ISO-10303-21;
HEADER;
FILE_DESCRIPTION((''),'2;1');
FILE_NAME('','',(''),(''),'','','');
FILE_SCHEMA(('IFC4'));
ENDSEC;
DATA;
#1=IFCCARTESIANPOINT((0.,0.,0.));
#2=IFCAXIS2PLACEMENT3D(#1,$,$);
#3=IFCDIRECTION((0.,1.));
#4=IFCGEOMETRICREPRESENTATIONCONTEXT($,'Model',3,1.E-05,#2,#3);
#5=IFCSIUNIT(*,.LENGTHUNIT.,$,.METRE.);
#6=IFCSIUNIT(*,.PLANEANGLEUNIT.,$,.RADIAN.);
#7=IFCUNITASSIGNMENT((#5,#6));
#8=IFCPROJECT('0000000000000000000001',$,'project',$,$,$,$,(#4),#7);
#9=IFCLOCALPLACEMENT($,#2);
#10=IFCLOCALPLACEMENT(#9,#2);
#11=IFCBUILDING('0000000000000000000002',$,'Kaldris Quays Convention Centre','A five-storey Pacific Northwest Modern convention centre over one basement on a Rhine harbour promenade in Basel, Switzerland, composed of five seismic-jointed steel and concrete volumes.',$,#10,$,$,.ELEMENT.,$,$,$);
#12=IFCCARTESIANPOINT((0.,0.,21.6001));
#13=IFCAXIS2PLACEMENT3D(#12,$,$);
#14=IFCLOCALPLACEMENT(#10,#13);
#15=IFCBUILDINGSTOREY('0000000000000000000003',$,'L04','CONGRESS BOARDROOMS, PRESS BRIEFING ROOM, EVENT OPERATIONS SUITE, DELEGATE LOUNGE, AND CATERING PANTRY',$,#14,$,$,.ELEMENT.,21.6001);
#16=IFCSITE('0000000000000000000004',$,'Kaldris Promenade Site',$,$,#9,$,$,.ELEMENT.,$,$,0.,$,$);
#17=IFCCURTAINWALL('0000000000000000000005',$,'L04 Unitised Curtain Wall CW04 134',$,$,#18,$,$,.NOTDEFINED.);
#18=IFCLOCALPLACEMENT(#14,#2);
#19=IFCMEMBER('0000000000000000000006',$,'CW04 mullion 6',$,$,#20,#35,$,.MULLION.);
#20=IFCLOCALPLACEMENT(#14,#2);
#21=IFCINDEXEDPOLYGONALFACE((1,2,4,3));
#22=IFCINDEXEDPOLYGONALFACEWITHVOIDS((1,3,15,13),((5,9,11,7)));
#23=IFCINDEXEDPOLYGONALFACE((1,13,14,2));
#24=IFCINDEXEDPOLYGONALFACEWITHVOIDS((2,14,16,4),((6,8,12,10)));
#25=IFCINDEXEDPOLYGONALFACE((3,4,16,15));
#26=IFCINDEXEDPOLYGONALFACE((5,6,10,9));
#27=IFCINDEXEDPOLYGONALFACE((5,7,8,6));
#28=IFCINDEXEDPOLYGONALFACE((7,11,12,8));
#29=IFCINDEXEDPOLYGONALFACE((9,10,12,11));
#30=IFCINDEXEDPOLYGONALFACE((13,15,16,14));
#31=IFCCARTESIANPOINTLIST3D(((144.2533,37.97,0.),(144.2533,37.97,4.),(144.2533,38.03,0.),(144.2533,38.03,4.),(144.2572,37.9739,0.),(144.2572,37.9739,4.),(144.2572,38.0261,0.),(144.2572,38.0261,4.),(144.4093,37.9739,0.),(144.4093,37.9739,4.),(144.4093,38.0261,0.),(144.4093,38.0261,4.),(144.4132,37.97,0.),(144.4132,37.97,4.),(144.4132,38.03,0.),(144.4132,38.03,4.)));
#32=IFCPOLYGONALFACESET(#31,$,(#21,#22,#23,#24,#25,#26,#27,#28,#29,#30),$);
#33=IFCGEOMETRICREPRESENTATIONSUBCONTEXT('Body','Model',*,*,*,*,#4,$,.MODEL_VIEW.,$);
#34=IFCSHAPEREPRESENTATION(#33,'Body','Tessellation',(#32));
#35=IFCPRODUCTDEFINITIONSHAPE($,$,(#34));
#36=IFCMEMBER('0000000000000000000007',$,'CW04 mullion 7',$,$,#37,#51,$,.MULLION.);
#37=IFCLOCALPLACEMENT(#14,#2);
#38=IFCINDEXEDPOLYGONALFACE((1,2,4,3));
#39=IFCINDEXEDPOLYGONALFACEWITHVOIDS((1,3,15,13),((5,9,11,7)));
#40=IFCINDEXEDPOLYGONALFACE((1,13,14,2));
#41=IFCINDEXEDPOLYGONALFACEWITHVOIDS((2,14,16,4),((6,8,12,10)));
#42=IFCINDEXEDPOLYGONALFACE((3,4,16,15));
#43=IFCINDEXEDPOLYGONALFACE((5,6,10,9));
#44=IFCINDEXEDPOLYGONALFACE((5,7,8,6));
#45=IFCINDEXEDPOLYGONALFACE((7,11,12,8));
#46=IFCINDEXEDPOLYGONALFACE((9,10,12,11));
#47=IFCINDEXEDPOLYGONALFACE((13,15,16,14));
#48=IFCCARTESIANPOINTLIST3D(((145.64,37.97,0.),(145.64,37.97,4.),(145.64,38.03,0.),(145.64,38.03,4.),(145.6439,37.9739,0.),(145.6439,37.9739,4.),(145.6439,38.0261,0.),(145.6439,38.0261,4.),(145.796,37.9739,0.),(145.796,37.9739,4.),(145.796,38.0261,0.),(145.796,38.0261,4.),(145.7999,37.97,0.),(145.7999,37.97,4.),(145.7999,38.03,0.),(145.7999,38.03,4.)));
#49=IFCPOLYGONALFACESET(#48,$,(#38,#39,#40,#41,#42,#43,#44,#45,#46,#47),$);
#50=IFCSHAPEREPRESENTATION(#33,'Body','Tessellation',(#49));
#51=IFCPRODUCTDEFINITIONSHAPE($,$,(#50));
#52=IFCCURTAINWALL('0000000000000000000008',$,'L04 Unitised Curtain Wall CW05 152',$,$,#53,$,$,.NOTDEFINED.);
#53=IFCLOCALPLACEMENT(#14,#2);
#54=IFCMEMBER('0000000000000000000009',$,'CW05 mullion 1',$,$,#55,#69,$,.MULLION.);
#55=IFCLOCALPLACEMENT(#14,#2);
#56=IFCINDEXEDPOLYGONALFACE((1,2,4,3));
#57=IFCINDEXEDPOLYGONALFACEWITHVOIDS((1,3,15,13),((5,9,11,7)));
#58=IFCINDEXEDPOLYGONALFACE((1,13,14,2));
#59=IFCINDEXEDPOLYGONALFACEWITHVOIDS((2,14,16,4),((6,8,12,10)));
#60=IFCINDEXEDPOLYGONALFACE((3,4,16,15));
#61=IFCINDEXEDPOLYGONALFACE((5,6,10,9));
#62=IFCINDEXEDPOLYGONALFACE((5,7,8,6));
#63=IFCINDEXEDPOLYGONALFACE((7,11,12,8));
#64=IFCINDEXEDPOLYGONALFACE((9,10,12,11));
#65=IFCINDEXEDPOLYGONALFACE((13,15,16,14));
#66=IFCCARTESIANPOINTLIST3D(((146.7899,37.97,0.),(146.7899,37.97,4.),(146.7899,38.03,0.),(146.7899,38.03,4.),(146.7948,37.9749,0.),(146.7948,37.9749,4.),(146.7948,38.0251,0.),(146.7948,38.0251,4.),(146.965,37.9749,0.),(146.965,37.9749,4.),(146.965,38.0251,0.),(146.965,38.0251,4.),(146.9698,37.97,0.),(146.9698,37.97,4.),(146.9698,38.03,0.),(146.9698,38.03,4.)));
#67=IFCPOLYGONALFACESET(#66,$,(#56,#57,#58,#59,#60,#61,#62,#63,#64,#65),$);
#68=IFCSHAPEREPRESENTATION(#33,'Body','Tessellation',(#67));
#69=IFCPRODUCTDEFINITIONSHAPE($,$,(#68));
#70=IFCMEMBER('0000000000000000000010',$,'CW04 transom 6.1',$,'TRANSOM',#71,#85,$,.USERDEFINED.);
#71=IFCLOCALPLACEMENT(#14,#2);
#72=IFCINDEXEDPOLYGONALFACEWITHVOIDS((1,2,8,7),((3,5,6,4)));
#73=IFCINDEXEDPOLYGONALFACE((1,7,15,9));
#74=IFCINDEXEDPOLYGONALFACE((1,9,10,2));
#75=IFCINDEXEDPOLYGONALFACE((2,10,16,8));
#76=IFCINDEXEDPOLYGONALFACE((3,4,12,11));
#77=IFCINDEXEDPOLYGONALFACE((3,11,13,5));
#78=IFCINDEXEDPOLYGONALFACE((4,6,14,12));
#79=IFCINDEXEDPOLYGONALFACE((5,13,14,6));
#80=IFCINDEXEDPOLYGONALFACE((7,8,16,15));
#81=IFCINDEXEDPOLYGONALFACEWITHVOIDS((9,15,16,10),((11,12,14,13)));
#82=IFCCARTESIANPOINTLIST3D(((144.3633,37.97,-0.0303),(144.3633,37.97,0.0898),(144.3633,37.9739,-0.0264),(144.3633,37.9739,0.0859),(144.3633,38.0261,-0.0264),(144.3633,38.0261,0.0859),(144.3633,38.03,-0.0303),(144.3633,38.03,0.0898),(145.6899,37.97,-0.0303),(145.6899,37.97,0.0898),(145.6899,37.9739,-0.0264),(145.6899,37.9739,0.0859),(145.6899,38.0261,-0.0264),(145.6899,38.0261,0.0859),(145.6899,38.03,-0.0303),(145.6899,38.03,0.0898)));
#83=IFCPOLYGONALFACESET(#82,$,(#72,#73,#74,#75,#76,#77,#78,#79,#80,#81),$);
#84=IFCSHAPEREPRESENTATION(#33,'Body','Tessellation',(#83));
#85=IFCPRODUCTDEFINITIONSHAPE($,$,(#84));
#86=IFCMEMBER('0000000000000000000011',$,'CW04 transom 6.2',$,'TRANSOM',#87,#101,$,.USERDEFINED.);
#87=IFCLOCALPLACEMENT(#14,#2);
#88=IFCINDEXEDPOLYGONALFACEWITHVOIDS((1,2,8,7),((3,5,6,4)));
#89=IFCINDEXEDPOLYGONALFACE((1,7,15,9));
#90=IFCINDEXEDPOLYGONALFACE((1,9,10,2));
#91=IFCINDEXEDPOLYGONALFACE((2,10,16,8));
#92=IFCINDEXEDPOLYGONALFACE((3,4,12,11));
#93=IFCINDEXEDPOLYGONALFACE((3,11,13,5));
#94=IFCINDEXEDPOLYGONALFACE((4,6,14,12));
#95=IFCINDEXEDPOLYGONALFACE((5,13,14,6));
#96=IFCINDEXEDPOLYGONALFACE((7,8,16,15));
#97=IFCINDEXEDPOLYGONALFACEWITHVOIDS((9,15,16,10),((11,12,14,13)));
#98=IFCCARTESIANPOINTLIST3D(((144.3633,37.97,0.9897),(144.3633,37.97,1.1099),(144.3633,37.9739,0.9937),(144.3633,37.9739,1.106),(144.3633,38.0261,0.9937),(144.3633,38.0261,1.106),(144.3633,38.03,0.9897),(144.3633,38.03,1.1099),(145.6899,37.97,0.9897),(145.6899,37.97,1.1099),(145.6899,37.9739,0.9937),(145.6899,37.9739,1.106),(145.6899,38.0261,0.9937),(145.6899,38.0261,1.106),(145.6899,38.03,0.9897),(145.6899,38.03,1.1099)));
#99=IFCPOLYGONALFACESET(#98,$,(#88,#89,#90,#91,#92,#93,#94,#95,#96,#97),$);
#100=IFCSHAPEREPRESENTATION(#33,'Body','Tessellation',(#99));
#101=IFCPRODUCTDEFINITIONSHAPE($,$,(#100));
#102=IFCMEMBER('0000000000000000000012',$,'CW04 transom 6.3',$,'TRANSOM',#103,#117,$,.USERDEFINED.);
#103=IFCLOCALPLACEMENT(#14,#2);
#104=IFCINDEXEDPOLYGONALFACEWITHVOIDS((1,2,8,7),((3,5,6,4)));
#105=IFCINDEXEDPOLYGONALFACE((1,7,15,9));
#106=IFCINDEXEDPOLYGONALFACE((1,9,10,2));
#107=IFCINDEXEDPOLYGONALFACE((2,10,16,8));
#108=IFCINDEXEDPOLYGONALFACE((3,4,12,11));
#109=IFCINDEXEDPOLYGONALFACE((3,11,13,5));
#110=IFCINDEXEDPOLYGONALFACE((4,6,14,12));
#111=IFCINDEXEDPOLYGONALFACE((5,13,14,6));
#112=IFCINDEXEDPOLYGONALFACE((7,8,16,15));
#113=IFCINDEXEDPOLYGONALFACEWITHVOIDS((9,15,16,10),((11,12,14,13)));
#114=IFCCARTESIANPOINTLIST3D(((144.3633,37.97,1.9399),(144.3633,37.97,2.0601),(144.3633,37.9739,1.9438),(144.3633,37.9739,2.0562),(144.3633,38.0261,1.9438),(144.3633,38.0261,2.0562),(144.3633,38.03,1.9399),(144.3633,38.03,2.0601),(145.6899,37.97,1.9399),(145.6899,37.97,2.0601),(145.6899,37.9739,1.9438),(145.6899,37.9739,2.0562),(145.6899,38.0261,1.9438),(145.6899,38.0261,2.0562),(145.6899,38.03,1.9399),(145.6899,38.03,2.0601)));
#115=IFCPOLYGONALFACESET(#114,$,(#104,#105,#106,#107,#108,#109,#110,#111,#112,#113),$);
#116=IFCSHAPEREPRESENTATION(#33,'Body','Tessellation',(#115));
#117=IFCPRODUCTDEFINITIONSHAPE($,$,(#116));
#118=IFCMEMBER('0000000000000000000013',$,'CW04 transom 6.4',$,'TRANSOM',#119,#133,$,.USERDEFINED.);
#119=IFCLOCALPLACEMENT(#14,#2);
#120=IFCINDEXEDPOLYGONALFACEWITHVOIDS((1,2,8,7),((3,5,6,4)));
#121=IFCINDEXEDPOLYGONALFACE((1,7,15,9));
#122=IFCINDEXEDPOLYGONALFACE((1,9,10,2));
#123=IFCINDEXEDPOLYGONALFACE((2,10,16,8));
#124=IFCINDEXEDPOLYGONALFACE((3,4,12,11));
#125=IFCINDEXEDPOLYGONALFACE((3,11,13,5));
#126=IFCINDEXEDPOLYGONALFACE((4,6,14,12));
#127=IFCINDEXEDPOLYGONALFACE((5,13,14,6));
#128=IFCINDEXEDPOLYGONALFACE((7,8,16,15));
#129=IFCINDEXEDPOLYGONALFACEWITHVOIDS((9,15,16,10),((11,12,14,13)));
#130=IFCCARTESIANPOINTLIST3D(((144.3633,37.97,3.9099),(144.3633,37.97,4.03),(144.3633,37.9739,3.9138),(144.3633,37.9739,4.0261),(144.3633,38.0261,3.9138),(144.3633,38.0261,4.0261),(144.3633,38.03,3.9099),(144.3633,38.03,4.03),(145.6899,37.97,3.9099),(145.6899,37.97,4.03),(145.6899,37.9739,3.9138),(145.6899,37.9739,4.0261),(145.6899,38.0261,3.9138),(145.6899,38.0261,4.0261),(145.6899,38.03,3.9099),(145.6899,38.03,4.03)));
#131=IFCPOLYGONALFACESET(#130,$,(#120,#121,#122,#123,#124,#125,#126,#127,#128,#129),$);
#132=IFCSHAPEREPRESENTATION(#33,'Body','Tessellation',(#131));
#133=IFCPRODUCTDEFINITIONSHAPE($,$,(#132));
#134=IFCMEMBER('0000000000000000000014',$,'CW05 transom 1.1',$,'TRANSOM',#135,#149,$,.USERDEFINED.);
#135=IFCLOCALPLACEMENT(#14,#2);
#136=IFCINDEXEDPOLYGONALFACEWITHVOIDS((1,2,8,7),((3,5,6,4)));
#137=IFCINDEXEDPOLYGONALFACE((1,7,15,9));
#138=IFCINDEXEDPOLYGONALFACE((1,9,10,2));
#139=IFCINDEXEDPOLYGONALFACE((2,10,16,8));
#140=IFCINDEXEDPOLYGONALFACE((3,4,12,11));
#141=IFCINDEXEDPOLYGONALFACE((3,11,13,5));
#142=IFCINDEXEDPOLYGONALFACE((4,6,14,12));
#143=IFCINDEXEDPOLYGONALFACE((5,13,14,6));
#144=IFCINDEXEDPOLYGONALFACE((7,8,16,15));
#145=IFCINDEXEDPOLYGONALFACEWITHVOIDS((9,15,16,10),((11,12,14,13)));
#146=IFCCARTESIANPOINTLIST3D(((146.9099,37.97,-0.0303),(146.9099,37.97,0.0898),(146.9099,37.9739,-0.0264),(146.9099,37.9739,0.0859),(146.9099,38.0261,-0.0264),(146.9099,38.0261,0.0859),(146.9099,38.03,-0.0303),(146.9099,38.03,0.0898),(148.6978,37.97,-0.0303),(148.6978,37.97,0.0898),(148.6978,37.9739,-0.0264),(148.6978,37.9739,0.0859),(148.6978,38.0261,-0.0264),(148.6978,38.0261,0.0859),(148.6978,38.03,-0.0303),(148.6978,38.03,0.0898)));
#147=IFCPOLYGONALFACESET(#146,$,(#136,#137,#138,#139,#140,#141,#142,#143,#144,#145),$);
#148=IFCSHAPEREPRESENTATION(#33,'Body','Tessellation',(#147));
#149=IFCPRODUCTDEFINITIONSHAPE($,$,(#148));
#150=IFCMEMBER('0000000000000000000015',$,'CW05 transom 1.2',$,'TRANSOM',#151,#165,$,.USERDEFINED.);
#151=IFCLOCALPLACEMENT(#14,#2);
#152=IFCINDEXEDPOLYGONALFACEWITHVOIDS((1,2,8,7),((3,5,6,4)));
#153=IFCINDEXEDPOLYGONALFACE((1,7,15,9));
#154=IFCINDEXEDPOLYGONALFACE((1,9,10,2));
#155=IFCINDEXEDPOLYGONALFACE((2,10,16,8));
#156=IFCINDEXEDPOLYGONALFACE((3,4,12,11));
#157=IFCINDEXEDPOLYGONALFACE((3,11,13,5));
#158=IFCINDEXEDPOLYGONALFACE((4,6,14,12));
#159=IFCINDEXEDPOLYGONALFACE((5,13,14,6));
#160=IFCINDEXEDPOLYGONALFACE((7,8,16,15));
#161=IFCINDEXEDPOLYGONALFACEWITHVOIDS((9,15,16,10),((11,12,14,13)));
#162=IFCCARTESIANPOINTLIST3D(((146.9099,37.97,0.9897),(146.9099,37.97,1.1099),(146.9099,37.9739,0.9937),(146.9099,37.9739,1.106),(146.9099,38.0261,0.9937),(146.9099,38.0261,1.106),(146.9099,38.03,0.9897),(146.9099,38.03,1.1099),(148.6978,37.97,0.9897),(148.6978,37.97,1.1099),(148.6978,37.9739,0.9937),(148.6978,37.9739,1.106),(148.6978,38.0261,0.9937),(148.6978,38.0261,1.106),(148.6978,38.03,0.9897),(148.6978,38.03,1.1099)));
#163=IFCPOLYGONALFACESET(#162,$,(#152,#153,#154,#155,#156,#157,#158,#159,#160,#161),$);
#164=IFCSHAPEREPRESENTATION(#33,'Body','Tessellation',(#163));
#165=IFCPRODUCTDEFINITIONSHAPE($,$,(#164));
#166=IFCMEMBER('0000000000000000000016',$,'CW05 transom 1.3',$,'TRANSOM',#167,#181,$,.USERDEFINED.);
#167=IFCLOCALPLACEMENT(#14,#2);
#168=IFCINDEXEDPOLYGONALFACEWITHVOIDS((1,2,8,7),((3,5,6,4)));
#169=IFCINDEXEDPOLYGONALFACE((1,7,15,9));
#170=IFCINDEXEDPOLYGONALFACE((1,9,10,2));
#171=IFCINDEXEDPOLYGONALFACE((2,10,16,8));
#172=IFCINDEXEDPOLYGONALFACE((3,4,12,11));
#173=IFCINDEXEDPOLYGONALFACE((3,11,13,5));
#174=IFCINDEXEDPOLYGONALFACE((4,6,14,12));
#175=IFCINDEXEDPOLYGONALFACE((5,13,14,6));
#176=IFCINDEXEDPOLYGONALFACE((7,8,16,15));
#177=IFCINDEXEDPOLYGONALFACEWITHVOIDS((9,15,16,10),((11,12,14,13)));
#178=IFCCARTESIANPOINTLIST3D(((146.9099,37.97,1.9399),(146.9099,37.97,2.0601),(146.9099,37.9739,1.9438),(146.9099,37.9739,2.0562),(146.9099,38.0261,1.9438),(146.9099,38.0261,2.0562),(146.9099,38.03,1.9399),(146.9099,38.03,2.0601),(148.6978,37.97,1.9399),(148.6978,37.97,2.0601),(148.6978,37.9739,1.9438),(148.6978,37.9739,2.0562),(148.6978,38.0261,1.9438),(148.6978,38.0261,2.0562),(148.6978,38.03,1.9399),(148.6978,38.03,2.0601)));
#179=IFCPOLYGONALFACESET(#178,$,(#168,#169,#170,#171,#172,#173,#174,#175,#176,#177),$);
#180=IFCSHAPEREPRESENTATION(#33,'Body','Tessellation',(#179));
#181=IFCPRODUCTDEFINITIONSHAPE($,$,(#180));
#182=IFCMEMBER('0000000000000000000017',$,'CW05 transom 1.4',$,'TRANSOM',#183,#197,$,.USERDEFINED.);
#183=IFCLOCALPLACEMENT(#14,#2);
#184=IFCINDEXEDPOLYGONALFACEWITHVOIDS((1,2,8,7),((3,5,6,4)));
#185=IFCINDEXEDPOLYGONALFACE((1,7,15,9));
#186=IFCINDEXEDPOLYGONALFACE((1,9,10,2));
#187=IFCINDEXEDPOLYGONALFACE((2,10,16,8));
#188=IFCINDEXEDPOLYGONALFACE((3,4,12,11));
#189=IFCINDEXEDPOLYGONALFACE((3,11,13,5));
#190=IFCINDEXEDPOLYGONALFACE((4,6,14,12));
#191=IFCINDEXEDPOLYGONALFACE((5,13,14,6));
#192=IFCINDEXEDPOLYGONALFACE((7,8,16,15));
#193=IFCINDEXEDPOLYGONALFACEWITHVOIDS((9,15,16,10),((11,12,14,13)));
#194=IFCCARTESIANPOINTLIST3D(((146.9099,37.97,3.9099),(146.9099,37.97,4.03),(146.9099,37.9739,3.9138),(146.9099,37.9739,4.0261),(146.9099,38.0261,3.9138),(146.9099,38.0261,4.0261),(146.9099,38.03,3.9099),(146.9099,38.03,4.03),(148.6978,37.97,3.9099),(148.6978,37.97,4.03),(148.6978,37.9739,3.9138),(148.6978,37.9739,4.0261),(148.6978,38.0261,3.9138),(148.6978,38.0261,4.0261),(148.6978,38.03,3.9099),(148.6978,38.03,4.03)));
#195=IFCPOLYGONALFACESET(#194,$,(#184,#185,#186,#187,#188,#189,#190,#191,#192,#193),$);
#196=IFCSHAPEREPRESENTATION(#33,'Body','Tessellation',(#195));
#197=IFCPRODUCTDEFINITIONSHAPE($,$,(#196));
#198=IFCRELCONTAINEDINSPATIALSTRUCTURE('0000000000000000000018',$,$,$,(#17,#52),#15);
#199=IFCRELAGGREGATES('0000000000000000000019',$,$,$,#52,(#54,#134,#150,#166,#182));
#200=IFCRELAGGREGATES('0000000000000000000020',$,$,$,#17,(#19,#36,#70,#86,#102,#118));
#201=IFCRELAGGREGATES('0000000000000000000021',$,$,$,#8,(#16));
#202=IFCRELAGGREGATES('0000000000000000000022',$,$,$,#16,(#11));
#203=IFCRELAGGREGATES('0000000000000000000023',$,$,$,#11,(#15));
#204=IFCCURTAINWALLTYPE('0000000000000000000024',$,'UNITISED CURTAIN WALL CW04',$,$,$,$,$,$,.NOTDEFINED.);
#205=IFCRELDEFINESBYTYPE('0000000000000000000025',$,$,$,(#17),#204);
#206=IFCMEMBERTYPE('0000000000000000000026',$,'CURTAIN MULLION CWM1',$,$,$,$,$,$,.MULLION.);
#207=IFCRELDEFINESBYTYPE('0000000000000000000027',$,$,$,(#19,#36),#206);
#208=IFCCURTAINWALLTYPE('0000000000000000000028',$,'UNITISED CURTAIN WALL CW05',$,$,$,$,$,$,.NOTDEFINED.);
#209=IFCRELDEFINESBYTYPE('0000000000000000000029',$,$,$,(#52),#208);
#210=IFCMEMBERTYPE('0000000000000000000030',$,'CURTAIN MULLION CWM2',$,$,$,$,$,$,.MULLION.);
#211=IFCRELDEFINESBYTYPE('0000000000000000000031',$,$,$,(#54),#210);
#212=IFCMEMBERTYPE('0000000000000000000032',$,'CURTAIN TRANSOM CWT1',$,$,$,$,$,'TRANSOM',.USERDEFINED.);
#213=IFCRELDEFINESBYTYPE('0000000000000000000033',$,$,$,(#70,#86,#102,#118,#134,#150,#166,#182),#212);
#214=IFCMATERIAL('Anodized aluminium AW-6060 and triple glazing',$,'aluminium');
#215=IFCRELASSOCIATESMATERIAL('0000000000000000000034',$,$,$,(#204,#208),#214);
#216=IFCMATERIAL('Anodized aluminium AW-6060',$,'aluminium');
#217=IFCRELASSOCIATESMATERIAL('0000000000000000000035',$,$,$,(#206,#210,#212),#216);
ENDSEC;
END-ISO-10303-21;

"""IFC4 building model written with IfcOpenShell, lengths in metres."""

from ifc_helpers import new_model, si_unit, direction, frame, origin, origin_2d, place, context, subcontext, project, spatial, hollow_rectangle, extrude, material, material_profile, profile_set, type_object, element, aggregate, save


model = new_model("IFC4")

# Units and contexts
model_context = context("Model", 3, precision=1e-05, world=origin(), true_north=direction((0.0, 1.0)))
body_context = subcontext(model_context, "Body", "Model", "MODEL_VIEW")
ifc_project = project(units=[si_unit("LENGTHUNIT", "METRE"), si_unit("PLANEANGLEUNIT", "RADIAN")], contexts=[model_context])

# Site, building, storey
site_placement = place(None, origin())
site = spatial("IfcSite", under=ifc_project, at=site_placement, Name="Kaldris Promenade Site", CompositionType="ELEMENT", RefElevation=0.0)
building_placement = place(site_placement, origin())
building = spatial("IfcBuilding", under=site, at=building_placement, Name="Kaldris Quays Convention Centre", Description="A five-storey Pacific Northwest Modern convention centre over one basement on a Rhine harbour promenade in Basel, Switzerland, composed of five seismic-jointed steel and concrete volumes.", CompositionType="ELEMENT")
storey_placement = place(building_placement, frame((0.0, 0.0, 21.6001)))
storey = spatial("IfcBuildingStorey", under=building, at=storey_placement, Name="L04", Description="CONGRESS BOARDROOMS, PRESS BRIEFING ROOM, EVENT OPERATIONS SUITE, DELEGATE LOUNGE, AND CATERING PANTRY", CompositionType="ELEMENT", Elevation=21.6001)

# Curtain wall, members
ifc_material_1 = material(Name="Anodized aluminium AW-6060 and triple glazing", Category="aluminium")
curtain_wall_type_1 = type_object("IfcCurtainWallType", Name="UNITISED CURTAIN WALL CW04", PredefinedType="NOTDEFINED", material=ifc_material_1)
curtain_wall_1_placement = place(storey_placement, origin())
curtain_wall_1 = element("IfcCurtainWall", 1, at=curtain_wall_1_placement, inside=storey, type_object=curtain_wall_type_1, Name="L04 Unitised Curtain Wall CW04 134", PredefinedType="NOTDEFINED")
ifc_material_2 = material(Name="Anodized aluminium AW-6060", Category="aluminium")
ifc_material_profile_1 = material_profile(ifc_material_2, hollow_rectangle(XDim=0.0601, YDim=0.1599, WallThickness=0.0039, at=origin_2d()), Name="RHS 160x60x4")
ifc_profile_set_1 = profile_set([ifc_material_profile_1], Name="Anodized aluminium AW-6060")
member_type_1 = type_object("IfcMemberType", Name="CURTAIN MULLION CWM1", PredefinedType="MULLION", material=ifc_profile_set_1)
member_1_placement = place(storey_placement, frame((144.3333, 38.0, 0.0), z_axis=(0.0, 0.0, 1.0), x_axis=(0.0, 1.0, 0.0)))
member_1 = element("IfcMember", 2, at=member_1_placement, type_object=member_type_1, Name="CW04 mullion 6", PredefinedType="MULLION", context=body_context, shape_type="SweptSolid", body=[
    extrude(hollow_rectangle(XDim=0.0601, YDim=0.1599, WallThickness=0.0039, at=origin_2d()), origin(), (0.0, 0.0, 1.0), 4.0),
])
member_2_placement = place(storey_placement, frame((145.72, 38.0, 0.0), z_axis=(0.0, 0.0, 1.0), x_axis=(0.0, 1.0, 0.0)))
member_2 = element("IfcMember", 3, at=member_2_placement, type_object=member_type_1, Name="CW04 mullion 7", PredefinedType="MULLION", context=body_context, shape_type="SweptSolid", body=[
    extrude(hollow_rectangle(XDim=0.0601, YDim=0.1599, WallThickness=0.0039, at=origin_2d()), origin(), (0.0, 0.0, 1.0), 4.0),
])

# Curtain wall, member
curtain_wall_type_2 = type_object("IfcCurtainWallType", Name="UNITISED CURTAIN WALL CW05", PredefinedType="NOTDEFINED", material=ifc_material_1)
curtain_wall_2_placement = place(storey_placement, origin())
curtain_wall_2 = element("IfcCurtainWall", 4, at=curtain_wall_2_placement, inside=storey, type_object=curtain_wall_type_2, Name="L04 Unitised Curtain Wall CW05 152", PredefinedType="NOTDEFINED")
ifc_material_profile_2 = material_profile(ifc_material_2, hollow_rectangle(XDim=0.0601, YDim=0.1799, WallThickness=0.0049, at=origin_2d()), Name="RHS 180x60x5")
ifc_profile_set_2 = profile_set([ifc_material_profile_2], Name="Anodized aluminium AW-6060")
member_type_2 = type_object("IfcMemberType", Name="CURTAIN MULLION CWM2", PredefinedType="MULLION", material=ifc_profile_set_2)
member_3_placement = place(storey_placement, frame((146.8799, 38.0, 0.0), z_axis=(0.0, 0.0, 1.0), x_axis=(0.0, 1.0, 0.0)))
member_3 = element("IfcMember", 5, at=member_3_placement, type_object=member_type_2, Name="CW05 mullion 1", PredefinedType="MULLION", context=body_context, shape_type="SweptSolid", body=[
    extrude(hollow_rectangle(XDim=0.0601, YDim=0.1799, WallThickness=0.0049, at=origin_2d()), origin(), (0.0, 0.0, 1.0), 4.0),
])

# Members
ifc_material_profile_3 = material_profile(ifc_material_2, hollow_rectangle(XDim=0.0601, YDim=0.1201, WallThickness=0.0039, at=origin_2d()), Name="RHS 120x60x4")
ifc_profile_set_3 = profile_set([ifc_material_profile_3], Name="Anodized aluminium AW-6060")
member_type_3 = type_object("IfcMemberType", Name="CURTAIN TRANSOM CWT1", ElementType="TRANSOM", PredefinedType="USERDEFINED", material=ifc_profile_set_3)
member_4_placement = place(storey_placement, frame((144.3633, 38.0, 0.0298), z_axis=(1.0, 0.0, 0.0), x_axis=(0.0, 1.0, 0.0)))
member_4 = element("IfcMember", 6, at=member_4_placement, type_object=member_type_3, Name="CW04 transom 6.1", ObjectType="TRANSOM", PredefinedType="USERDEFINED", context=body_context, shape_type="SweptSolid", body=[
    extrude(hollow_rectangle(XDim=0.0601, YDim=0.1201, WallThickness=0.0039, at=origin_2d()), origin(), (0.0, 0.0, 1.0), 1.3267),
])
member_5_placement = place(storey_placement, frame((144.3633, 38.0, 1.0498), z_axis=(1.0, 0.0, 0.0), x_axis=(0.0, 1.0, 0.0)))
member_5 = element("IfcMember", 7, at=member_5_placement, type_object=member_type_3, Name="CW04 transom 6.2", ObjectType="TRANSOM", PredefinedType="USERDEFINED", context=body_context, shape_type="SweptSolid", body=[
    extrude(hollow_rectangle(XDim=0.0601, YDim=0.1201, WallThickness=0.0039, at=origin_2d()), origin(), (0.0, 0.0, 1.0), 1.3267),
])
member_6_placement = place(storey_placement, frame((144.3633, 38.0, 2.0), z_axis=(1.0, 0.0, 0.0), x_axis=(0.0, 1.0, 0.0)))
member_6 = element("IfcMember", 8, at=member_6_placement, type_object=member_type_3, Name="CW04 transom 6.3", ObjectType="TRANSOM", PredefinedType="USERDEFINED", context=body_context, shape_type="SweptSolid", body=[
    extrude(hollow_rectangle(XDim=0.0601, YDim=0.1201, WallThickness=0.0039, at=origin_2d()), origin(), (0.0, 0.0, 1.0), 1.3267),
])
member_7_placement = place(storey_placement, frame((144.3633, 38.0, 3.97), z_axis=(1.0, 0.0, 0.0), x_axis=(0.0, 1.0, 0.0)))
member_7 = element("IfcMember", 9, at=member_7_placement, type_object=member_type_3, Name="CW04 transom 6.4", ObjectType="TRANSOM", PredefinedType="USERDEFINED", context=body_context, shape_type="SweptSolid", body=[
    extrude(hollow_rectangle(XDim=0.0601, YDim=0.1201, WallThickness=0.0039, at=origin_2d()), origin(), (0.0, 0.0, 1.0), 1.3267),
])
member_8_placement = place(storey_placement, frame((146.9099, 38.0, 0.0298), z_axis=(1.0, 0.0, 0.0), x_axis=(0.0, 1.0, 0.0)))
member_8 = element("IfcMember", 10, at=member_8_placement, type_object=member_type_3, Name="CW05 transom 1.1", ObjectType="TRANSOM", PredefinedType="USERDEFINED", context=body_context, shape_type="SweptSolid", body=[
    extrude(hollow_rectangle(XDim=0.0601, YDim=0.1201, WallThickness=0.0039, at=origin_2d()), origin(), (0.0, 0.0, 1.0), 1.7878),
])
member_9_placement = place(storey_placement, frame((146.9099, 38.0, 1.0498), z_axis=(1.0, 0.0, 0.0), x_axis=(0.0, 1.0, 0.0)))
member_9 = element("IfcMember", 11, at=member_9_placement, type_object=member_type_3, Name="CW05 transom 1.2", ObjectType="TRANSOM", PredefinedType="USERDEFINED", context=body_context, shape_type="SweptSolid", body=[
    extrude(hollow_rectangle(XDim=0.0601, YDim=0.1201, WallThickness=0.0039, at=origin_2d()), origin(), (0.0, 0.0, 1.0), 1.7878),
])
member_10_placement = place(storey_placement, frame((146.9099, 38.0, 2.0), z_axis=(1.0, 0.0, 0.0), x_axis=(0.0, 1.0, 0.0)))
member_10 = element("IfcMember", 12, at=member_10_placement, type_object=member_type_3, Name="CW05 transom 1.3", ObjectType="TRANSOM", PredefinedType="USERDEFINED", context=body_context, shape_type="SweptSolid", body=[
    extrude(hollow_rectangle(XDim=0.0601, YDim=0.1201, WallThickness=0.0039, at=origin_2d()), origin(), (0.0, 0.0, 1.0), 1.7878),
])
member_11_placement = place(storey_placement, frame((146.9099, 38.0, 3.97), z_axis=(1.0, 0.0, 0.0), x_axis=(0.0, 1.0, 0.0)))
member_11 = element("IfcMember", 13, at=member_11_placement, type_object=member_type_3, Name="CW05 transom 1.4", ObjectType="TRANSOM", PredefinedType="USERDEFINED", context=body_context, shape_type="SweptSolid", body=[
    extrude(hollow_rectangle(XDim=0.0601, YDim=0.1201, WallThickness=0.0039, at=origin_2d()), origin(), (0.0, 0.0, 1.0), 1.7878),
])
aggregate(curtain_wall_2, [member_3, member_8, member_9, member_10, member_11])

aggregate(curtain_wall_1, [member_1, member_2, member_4, member_5, member_6, member_7])

save(model, "model.ifc")
